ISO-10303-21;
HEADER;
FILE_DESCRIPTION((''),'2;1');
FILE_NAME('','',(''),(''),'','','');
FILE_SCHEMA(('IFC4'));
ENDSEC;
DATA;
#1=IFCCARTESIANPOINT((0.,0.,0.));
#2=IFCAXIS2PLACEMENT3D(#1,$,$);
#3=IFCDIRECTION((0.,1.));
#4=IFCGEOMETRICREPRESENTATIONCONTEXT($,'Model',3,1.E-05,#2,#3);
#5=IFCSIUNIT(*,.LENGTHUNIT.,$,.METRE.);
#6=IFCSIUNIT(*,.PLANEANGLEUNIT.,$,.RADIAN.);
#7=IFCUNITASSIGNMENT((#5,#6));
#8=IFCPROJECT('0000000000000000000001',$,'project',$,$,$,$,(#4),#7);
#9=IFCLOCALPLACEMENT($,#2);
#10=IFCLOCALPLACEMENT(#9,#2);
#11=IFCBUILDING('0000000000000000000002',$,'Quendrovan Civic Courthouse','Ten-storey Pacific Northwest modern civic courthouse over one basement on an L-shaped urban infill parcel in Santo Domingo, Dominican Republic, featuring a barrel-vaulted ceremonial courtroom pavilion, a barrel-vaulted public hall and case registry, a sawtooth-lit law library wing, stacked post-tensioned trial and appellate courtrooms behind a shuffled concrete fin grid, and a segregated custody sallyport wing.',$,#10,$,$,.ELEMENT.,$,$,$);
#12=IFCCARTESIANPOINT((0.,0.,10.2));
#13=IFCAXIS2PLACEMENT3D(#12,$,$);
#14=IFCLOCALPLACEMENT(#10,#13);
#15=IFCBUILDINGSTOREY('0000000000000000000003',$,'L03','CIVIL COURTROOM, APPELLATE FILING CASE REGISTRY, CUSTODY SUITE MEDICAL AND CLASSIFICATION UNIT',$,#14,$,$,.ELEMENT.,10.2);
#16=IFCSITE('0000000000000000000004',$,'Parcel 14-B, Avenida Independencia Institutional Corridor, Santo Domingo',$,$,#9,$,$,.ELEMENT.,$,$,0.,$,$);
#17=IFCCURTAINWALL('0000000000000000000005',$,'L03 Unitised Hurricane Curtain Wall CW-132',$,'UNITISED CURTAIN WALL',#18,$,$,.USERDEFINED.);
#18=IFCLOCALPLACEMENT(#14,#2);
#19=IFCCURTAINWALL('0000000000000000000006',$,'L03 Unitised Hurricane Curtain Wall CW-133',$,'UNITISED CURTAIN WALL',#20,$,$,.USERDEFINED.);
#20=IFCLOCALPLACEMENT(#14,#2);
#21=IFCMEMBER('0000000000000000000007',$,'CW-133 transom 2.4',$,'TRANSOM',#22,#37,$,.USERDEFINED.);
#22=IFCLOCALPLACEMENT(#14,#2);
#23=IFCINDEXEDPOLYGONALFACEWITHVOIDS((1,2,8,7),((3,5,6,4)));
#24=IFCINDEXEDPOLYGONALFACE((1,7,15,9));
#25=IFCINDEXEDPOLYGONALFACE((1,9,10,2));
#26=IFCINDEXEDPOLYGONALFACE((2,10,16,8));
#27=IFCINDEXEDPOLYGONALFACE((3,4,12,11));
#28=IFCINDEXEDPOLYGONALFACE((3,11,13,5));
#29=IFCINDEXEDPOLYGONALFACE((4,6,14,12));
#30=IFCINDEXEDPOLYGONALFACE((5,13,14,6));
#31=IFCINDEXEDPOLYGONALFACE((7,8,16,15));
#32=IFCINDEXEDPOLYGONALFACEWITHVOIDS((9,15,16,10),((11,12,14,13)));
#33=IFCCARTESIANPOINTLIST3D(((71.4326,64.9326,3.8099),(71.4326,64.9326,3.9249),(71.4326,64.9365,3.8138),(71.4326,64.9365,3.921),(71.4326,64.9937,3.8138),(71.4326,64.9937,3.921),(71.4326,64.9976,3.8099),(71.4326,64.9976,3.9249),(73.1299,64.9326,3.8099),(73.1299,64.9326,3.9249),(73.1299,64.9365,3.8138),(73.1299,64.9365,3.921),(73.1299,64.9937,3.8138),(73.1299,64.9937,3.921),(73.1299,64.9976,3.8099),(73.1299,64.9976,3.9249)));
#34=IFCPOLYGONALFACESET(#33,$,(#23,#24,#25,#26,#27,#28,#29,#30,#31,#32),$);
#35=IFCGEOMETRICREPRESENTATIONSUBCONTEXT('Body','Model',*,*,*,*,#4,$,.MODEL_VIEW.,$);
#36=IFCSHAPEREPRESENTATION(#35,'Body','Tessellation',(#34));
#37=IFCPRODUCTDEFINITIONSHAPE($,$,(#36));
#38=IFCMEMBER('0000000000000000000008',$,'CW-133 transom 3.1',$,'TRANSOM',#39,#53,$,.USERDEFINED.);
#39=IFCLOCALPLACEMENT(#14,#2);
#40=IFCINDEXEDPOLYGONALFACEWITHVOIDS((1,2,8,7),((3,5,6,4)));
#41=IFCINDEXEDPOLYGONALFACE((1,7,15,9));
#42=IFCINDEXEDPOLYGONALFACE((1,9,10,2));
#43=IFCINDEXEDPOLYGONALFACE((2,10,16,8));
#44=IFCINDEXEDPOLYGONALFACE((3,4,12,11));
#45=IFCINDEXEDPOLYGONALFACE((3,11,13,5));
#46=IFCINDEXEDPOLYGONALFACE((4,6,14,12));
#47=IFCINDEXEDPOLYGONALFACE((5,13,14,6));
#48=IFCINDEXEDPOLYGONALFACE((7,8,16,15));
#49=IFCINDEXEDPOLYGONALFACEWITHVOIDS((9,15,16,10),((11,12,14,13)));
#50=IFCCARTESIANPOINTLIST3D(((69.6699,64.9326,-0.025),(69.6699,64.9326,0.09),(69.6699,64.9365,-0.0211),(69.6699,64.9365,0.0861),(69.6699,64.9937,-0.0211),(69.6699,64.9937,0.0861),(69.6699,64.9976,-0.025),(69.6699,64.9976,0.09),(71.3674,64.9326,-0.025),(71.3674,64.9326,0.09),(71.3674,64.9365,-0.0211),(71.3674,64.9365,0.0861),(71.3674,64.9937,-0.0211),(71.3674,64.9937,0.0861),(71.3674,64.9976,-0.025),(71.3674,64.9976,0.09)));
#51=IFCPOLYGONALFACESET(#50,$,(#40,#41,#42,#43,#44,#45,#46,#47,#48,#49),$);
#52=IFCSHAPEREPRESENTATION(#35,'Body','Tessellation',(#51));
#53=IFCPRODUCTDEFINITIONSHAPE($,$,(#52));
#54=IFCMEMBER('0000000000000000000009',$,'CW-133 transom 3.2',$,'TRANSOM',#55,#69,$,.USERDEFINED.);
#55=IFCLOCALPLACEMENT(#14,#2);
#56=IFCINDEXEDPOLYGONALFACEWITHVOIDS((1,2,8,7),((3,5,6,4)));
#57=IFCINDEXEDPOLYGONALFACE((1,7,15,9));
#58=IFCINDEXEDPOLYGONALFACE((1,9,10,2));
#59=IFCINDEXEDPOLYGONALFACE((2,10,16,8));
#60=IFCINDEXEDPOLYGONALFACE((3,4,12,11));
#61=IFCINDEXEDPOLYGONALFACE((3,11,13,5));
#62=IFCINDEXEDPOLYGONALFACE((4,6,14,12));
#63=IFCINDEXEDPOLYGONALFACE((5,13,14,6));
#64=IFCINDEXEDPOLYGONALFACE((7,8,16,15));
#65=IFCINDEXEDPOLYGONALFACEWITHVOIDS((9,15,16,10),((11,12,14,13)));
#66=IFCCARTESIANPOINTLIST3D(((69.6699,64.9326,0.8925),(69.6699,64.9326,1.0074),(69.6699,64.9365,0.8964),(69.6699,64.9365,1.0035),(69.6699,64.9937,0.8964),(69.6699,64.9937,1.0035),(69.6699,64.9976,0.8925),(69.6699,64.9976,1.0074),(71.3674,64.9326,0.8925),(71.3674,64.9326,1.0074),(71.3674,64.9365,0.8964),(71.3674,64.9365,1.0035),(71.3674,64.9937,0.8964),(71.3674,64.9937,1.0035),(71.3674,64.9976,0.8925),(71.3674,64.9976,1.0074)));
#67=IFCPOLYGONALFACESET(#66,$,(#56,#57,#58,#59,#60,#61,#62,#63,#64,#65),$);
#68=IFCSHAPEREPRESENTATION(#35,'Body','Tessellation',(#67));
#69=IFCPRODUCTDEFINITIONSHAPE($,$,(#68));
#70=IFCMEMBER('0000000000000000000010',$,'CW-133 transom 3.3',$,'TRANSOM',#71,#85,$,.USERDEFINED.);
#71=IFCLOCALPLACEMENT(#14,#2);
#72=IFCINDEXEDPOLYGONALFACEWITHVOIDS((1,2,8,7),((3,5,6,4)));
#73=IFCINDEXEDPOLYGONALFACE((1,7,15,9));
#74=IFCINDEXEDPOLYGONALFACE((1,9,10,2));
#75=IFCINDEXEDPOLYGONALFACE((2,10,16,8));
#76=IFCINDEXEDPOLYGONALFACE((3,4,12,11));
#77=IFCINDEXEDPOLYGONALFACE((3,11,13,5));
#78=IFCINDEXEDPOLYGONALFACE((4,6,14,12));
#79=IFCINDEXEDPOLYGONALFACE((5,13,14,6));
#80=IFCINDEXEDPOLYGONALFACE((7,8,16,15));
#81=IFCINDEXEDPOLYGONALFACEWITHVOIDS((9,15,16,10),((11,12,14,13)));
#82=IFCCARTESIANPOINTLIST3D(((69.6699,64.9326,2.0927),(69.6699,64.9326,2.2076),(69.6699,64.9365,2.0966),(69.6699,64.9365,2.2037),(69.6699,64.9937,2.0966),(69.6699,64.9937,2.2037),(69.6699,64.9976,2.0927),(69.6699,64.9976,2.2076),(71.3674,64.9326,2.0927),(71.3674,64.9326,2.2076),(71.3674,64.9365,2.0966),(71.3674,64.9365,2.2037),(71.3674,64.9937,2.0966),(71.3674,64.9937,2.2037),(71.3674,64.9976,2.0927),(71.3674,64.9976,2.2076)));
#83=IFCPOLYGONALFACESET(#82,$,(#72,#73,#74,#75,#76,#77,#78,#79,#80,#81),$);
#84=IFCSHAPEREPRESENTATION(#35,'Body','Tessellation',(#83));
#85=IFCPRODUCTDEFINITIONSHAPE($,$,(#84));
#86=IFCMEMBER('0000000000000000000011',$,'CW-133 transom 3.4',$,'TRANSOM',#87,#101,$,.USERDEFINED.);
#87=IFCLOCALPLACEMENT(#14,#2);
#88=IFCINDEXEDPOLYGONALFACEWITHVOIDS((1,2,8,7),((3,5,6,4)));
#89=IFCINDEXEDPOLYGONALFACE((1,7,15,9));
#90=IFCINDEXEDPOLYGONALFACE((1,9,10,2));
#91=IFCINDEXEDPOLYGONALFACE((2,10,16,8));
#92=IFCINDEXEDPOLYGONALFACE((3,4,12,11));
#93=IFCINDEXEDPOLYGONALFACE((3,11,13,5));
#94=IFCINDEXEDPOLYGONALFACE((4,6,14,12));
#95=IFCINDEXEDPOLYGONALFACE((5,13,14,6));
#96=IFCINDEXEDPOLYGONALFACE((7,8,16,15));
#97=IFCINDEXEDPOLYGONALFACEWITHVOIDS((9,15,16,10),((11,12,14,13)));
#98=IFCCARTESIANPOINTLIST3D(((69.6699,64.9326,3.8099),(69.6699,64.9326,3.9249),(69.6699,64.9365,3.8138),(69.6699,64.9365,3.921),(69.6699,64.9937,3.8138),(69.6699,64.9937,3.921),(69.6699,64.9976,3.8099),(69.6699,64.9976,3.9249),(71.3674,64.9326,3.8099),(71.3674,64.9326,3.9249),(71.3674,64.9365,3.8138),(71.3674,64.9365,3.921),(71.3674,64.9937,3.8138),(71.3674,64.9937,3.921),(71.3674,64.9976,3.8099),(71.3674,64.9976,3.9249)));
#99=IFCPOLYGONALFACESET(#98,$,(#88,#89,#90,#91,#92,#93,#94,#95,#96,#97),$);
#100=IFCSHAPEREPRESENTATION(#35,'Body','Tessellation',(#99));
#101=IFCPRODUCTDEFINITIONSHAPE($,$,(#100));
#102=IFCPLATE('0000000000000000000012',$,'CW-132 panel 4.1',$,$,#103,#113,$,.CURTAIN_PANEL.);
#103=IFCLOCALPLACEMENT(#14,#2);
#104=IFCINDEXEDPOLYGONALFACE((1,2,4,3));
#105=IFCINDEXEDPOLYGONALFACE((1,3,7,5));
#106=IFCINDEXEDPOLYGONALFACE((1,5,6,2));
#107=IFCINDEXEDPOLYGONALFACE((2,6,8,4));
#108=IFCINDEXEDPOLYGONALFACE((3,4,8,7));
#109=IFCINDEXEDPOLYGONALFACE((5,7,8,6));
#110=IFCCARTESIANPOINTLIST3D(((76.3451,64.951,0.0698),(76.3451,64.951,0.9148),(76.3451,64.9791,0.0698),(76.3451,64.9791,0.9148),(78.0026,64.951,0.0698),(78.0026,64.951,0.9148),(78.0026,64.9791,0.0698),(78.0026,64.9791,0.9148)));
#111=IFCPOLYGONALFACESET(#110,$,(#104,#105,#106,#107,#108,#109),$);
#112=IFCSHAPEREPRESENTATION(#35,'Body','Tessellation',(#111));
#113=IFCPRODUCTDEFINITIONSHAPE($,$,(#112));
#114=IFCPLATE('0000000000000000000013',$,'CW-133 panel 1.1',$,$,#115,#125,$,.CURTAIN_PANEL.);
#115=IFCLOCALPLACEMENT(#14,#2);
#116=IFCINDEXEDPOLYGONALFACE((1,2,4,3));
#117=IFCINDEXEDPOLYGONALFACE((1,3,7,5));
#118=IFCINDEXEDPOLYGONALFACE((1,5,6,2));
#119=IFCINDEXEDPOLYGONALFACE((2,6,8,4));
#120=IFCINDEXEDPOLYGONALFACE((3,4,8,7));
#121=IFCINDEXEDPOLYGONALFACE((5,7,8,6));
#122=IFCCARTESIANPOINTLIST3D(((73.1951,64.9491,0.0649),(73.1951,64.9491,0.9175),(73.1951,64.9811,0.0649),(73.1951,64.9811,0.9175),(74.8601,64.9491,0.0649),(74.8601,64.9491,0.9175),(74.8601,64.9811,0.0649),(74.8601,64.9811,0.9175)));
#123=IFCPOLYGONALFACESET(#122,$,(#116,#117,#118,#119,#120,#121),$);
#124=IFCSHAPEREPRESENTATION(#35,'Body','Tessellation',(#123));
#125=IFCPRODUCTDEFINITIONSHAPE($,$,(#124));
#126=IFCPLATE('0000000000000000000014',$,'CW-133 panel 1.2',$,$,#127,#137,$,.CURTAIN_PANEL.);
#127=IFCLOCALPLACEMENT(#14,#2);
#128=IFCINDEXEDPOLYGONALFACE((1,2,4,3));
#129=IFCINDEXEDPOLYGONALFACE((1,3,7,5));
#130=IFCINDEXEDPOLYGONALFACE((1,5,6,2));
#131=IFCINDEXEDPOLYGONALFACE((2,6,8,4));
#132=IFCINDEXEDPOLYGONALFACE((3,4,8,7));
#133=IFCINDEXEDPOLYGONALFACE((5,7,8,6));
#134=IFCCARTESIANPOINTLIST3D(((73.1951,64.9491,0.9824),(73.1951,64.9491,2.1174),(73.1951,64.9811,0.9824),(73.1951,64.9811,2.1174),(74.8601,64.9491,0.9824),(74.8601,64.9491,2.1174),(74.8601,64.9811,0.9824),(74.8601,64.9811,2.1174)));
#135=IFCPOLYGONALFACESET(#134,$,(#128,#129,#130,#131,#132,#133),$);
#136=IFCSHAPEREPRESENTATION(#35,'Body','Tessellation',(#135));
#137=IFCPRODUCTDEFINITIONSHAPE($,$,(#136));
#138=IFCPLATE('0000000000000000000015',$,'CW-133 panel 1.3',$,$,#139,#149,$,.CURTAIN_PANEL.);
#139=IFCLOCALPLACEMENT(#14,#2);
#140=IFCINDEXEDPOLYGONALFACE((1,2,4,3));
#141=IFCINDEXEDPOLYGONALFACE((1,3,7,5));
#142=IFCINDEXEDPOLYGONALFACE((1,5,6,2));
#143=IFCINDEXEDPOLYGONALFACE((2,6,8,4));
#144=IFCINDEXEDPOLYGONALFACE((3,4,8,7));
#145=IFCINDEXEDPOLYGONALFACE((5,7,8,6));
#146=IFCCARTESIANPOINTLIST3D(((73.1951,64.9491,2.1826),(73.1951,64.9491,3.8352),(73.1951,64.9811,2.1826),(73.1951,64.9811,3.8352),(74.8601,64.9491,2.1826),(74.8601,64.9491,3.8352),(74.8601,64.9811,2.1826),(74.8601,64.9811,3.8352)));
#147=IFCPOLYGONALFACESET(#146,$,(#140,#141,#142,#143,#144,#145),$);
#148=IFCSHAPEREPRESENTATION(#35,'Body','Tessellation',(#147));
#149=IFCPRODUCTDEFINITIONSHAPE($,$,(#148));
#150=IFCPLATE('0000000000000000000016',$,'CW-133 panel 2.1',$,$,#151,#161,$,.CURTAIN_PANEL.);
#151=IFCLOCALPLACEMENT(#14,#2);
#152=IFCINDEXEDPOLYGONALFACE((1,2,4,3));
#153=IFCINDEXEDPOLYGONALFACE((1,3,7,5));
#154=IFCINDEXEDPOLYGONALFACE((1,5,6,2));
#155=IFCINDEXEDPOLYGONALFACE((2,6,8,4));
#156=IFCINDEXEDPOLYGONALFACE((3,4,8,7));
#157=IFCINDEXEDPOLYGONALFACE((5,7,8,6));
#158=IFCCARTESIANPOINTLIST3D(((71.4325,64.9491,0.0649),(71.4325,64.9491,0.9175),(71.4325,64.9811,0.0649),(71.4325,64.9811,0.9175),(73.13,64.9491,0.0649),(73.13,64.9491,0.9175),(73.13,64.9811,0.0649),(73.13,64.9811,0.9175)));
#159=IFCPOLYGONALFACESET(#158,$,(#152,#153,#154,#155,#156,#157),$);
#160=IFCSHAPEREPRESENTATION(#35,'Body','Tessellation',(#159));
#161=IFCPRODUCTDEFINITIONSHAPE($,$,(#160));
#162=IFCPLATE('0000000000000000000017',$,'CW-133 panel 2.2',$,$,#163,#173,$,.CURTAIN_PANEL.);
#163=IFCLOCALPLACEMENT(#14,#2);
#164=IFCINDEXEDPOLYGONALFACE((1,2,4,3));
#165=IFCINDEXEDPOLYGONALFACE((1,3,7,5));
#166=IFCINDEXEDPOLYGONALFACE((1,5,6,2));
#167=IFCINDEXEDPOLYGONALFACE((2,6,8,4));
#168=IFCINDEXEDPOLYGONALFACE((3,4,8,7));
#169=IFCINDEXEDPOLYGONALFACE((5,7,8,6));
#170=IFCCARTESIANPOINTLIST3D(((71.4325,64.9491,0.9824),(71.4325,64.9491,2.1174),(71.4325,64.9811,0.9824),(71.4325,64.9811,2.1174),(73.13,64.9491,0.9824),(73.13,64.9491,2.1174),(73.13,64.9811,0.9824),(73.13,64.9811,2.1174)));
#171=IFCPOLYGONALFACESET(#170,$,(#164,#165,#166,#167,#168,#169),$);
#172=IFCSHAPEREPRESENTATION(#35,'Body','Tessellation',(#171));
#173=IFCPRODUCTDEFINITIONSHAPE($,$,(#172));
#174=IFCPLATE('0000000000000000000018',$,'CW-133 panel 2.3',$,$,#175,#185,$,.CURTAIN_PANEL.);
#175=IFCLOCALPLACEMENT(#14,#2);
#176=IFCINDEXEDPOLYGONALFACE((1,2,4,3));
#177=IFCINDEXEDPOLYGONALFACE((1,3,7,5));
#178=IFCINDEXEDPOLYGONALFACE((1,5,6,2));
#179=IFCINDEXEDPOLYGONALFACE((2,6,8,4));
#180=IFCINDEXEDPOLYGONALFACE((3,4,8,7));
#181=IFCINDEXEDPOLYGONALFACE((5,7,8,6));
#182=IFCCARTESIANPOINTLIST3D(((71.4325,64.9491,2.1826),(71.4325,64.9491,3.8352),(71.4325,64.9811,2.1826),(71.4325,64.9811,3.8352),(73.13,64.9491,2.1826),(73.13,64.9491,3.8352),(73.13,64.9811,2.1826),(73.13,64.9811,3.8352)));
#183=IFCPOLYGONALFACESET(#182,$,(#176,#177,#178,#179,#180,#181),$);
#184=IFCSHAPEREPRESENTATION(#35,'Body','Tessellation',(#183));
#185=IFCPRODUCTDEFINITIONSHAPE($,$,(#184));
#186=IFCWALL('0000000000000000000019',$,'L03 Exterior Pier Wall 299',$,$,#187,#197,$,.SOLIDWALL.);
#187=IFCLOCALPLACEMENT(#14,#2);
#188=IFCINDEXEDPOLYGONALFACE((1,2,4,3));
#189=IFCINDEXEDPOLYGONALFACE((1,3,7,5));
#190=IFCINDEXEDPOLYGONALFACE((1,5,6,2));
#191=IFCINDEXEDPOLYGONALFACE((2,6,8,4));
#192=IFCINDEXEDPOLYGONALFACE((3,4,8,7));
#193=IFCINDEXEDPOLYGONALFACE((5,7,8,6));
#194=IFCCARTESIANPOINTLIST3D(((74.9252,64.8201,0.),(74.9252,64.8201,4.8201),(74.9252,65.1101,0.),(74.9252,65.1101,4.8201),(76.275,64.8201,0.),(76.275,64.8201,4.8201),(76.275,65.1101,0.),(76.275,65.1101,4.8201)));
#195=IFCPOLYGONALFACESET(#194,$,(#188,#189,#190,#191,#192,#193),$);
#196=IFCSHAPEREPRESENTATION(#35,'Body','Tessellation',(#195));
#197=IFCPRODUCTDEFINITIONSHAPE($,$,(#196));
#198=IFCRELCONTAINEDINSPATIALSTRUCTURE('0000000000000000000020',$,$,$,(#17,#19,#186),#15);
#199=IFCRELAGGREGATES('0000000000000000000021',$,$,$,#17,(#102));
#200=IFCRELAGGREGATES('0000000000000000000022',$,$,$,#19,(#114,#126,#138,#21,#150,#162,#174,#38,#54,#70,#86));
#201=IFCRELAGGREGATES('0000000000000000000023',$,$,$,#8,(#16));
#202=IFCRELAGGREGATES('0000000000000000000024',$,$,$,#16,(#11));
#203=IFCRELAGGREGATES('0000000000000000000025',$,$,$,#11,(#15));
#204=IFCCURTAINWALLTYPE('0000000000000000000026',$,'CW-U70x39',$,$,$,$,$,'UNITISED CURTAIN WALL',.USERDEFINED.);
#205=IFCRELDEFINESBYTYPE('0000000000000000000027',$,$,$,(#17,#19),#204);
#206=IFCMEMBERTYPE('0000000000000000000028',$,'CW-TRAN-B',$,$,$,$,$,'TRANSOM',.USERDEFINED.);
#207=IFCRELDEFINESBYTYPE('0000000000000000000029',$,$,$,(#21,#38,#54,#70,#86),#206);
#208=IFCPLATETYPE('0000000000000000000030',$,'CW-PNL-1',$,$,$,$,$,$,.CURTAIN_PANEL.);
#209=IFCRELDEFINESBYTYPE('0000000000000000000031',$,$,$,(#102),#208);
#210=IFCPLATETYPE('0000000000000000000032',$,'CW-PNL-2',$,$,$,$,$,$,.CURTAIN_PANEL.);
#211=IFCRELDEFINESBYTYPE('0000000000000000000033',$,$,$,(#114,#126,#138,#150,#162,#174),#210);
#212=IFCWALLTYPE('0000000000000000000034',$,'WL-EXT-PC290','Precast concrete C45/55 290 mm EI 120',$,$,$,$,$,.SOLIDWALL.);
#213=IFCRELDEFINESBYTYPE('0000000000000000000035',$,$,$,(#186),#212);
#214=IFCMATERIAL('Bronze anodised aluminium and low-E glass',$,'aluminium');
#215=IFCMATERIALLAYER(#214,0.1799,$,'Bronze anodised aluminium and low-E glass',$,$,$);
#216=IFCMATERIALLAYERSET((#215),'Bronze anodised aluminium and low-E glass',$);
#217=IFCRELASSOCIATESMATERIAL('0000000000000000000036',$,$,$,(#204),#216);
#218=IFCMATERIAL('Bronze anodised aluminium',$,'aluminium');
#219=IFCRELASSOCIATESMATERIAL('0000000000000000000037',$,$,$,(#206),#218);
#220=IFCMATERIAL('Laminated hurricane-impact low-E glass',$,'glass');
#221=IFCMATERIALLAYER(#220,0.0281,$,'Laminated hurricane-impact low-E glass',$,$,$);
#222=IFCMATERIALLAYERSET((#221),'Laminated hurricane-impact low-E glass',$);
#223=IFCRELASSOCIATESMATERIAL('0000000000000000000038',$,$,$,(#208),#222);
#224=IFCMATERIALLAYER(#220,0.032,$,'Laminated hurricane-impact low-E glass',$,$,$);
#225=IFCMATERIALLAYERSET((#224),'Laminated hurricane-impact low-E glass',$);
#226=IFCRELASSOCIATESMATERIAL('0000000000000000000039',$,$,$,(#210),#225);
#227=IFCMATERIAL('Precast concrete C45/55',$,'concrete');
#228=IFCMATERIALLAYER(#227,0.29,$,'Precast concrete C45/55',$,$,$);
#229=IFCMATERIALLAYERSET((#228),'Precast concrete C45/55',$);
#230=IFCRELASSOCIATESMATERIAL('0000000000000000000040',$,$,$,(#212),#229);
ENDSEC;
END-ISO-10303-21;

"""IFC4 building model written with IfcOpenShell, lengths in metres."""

from ifc_helpers import new_model, si_unit, direction, frame, frame_2d, origin, origin_2d, place, context, subcontext, project, spatial, rectangle, hollow_rectangle, extrude, material, layer, layer_set, material_profile, profile_set, type_object, element, aggregate, save


model = new_model("IFC4")

# Units and contexts
model_context = context("Model", 3, precision=1e-05, world=origin(), true_north=direction((0.0, 1.0)))
body_context = subcontext(model_context, "Body", "Model", "MODEL_VIEW")
ifc_project = project(units=[si_unit("LENGTHUNIT", "METRE"), si_unit("PLANEANGLEUNIT", "RADIAN")], contexts=[model_context])

# Site, building, storey
site_placement = place(None, origin())
site = spatial("IfcSite", under=ifc_project, at=site_placement, Name="Parcel 14-B, Avenida Independencia Institutional Corridor, Santo Domingo", CompositionType="ELEMENT", RefElevation=0.0)
building_placement = place(site_placement, origin())
building = spatial("IfcBuilding", under=site, at=building_placement, Name="Quendrovan Civic Courthouse", Description="Ten-storey Pacific Northwest modern civic courthouse over one basement on an L-shaped urban infill parcel in Santo Domingo, Dominican Republic, featuring a barrel-vaulted ceremonial courtroom pavilion, a barrel-vaulted public hall and case registry, a sawtooth-lit law library wing, stacked post-tensioned trial and appellate courtrooms behind a shuffled concrete fin grid, and a segregated custody sallyport wing.", CompositionType="ELEMENT")
storey_placement = place(building_placement, frame((0.0, 0.0, 10.2)))
storey = spatial("IfcBuildingStorey", under=building, at=storey_placement, Name="L03", Description="CIVIL COURTROOM, APPELLATE FILING CASE REGISTRY, CUSTODY SUITE MEDICAL AND CLASSIFICATION UNIT", CompositionType="ELEMENT", Elevation=10.2)

# Curtain wall
ifc_material_1 = material(Name="Bronze anodised aluminium and low-E glass", Category="aluminium")
ifc_layer_1 = layer(ifc_material_1, 0.1799, Name="Bronze anodised aluminium and low-E glass")
ifc_layer_set_1 = layer_set([ifc_layer_1], Name="Bronze anodised aluminium and low-E glass")
curtain_wall_type = type_object("IfcCurtainWallType", Name="CW-U70x39", ElementType="UNITISED CURTAIN WALL", PredefinedType="USERDEFINED", material=ifc_layer_set_1)
curtain_wall_1_placement = place(storey_placement, origin())
curtain_wall_1 = element("IfcCurtainWall", 1, at=curtain_wall_1_placement, inside=storey, type_object=curtain_wall_type, Name="L03 Unitised Hurricane Curtain Wall CW-132", ObjectType="UNITISED CURTAIN WALL", PredefinedType="USERDEFINED")
ifc_material_2 = material(Name="Bronze anodised aluminium", Category="aluminium")

# Curtain wall, members
curtain_wall_2_placement = place(storey_placement, origin())
curtain_wall_2 = element("IfcCurtainWall", 2, at=curtain_wall_2_placement, inside=storey, type_object=curtain_wall_type, Name="L03 Unitised Hurricane Curtain Wall CW-133", ObjectType="UNITISED CURTAIN WALL", PredefinedType="USERDEFINED")
ifc_material_profile_1 = material_profile(ifc_material_2, hollow_rectangle(XDim=0.0649, YDim=0.115, WallThickness=0.0039, at=origin_2d()), Name="CW-TRAN-65x115")
ifc_profile_set_1 = profile_set([ifc_material_profile_1], Name="Bronze anodised aluminium")
member_type_1 = type_object("IfcMemberType", Name="CW-TRAN-B", ElementType="TRANSOM", PredefinedType="USERDEFINED", material=ifc_profile_set_1)
member_1_placement = place(storey_placement, frame((73.1299, 64.9651, 3.8674), z_axis=(-1.0, 0.0, 0.0), x_axis=(0.0, -1.0, 0.0)))
member_1 = element("IfcMember", 3, at=member_1_placement, type_object=member_type_1, Name="CW-133 transom 2.4", ObjectType="TRANSOM", PredefinedType="USERDEFINED", context=body_context, shape_type="SweptSolid", body=[
    extrude(hollow_rectangle(XDim=0.0649, YDim=0.115, WallThickness=0.0039, at=origin_2d()), origin(), (0.0, 0.0, 1.0), 1.6973),
])
member_2_placement = place(storey_placement, frame((71.3674, 64.9651, 0.0325), z_axis=(-1.0, 0.0, 0.0), x_axis=(0.0, -1.0, 0.0)))
member_2 = element("IfcMember", 4, at=member_2_placement, type_object=member_type_1, Name="CW-133 transom 3.1", ObjectType="TRANSOM", PredefinedType="USERDEFINED", context=body_context, shape_type="SweptSolid", body=[
    extrude(hollow_rectangle(XDim=0.0649, YDim=0.115, WallThickness=0.0039, at=origin_2d()), origin(), (0.0, 0.0, 1.0), 1.6975),
])
member_3_placement = place(storey_placement, frame((71.3674, 64.9651, 0.95), z_axis=(-1.0, 0.0, 0.0), x_axis=(0.0, -1.0, 0.0)))
member_3 = element("IfcMember", 5, at=member_3_placement, type_object=member_type_1, Name="CW-133 transom 3.2", ObjectType="TRANSOM", PredefinedType="USERDEFINED", context=body_context, shape_type="SweptSolid", body=[
    extrude(hollow_rectangle(XDim=0.0649, YDim=0.115, WallThickness=0.0039, at=origin_2d()), origin(), (0.0, 0.0, 1.0), 1.6975),
])
member_4_placement = place(storey_placement, frame((71.3674, 64.9651, 2.1501), z_axis=(-1.0, 0.0, 0.0), x_axis=(0.0, -1.0, 0.0)))
member_4 = element("IfcMember", 6, at=member_4_placement, type_object=member_type_1, Name="CW-133 transom 3.3", ObjectType="TRANSOM", PredefinedType="USERDEFINED", context=body_context, shape_type="SweptSolid", body=[
    extrude(hollow_rectangle(XDim=0.0649, YDim=0.115, WallThickness=0.0039, at=origin_2d()), origin(), (0.0, 0.0, 1.0), 1.6975),
])
member_5_placement = place(storey_placement, frame((71.3674, 64.9651, 3.8674), z_axis=(-1.0, 0.0, 0.0), x_axis=(0.0, -1.0, 0.0)))
member_5 = element("IfcMember", 7, at=member_5_placement, type_object=member_type_1, Name="CW-133 transom 3.4", ObjectType="TRANSOM", PredefinedType="USERDEFINED", context=body_context, shape_type="SweptSolid", body=[
    extrude(hollow_rectangle(XDim=0.0649, YDim=0.115, WallThickness=0.0039, at=origin_2d()), origin(), (0.0, 0.0, 1.0), 1.6975),
])

# Plates
ifc_material_3 = material(Name="Laminated hurricane-impact low-E glass", Category="glass")
ifc_layer_2 = layer(ifc_material_3, 0.0281, Name="Laminated hurricane-impact low-E glass")
ifc_layer_set_2 = layer_set([ifc_layer_2], Name="Laminated hurricane-impact low-E glass")
plate_type_1 = type_object("IfcPlateType", Name="CW-PNL-1", PredefinedType="CURTAIN_PANEL", material=ifc_layer_set_2)
plate_1_placement = place(storey_placement, frame((77.1738, 64.9651, 0.0698), z_axis=(0.0, 0.0, 1.0), x_axis=(-1.0, 0.0, 0.0)))
plate_1 = element("IfcPlate", 8, at=plate_1_placement, type_object=plate_type_1, Name="CW-132 panel 4.1", PredefinedType="CURTAIN_PANEL", context=body_context, shape_type="SweptSolid", body=[
    extrude(rectangle(XDim=1.6575, YDim=0.0281, at=origin_2d()), origin(), (0.0, 0.0, 1.0), 0.845),
])
aggregate(curtain_wall_1, [plate_1])
ifc_layer_3 = layer(ifc_material_3, 0.032, Name="Laminated hurricane-impact low-E glass")
ifc_layer_set_3 = layer_set([ifc_layer_3], Name="Laminated hurricane-impact low-E glass")
plate_type_2 = type_object("IfcPlateType", Name="CW-PNL-2", PredefinedType="CURTAIN_PANEL", material=ifc_layer_set_3)
plate_2_placement = place(storey_placement, frame((74.0276, 64.9651, 0.0649), z_axis=(0.0, 0.0, 1.0), x_axis=(-1.0, 0.0, 0.0)))
plate_2 = element("IfcPlate", 9, at=plate_2_placement, type_object=plate_type_2, Name="CW-133 panel 1.1", PredefinedType="CURTAIN_PANEL", context=body_context, shape_type="SweptSolid", body=[
    extrude(rectangle(XDim=1.665, YDim=0.032, at=origin_2d()), origin(), (0.0, 0.0, 1.0), 0.8525),
])
plate_3_placement = place(storey_placement, frame((74.0276, 64.9651, 0.9824), z_axis=(0.0, 0.0, 1.0), x_axis=(-1.0, 0.0, 0.0)))
plate_3 = element("IfcPlate", 10, at=plate_3_placement, type_object=plate_type_2, Name="CW-133 panel 1.2", PredefinedType="CURTAIN_PANEL", context=body_context, shape_type="SweptSolid", body=[
    extrude(rectangle(XDim=1.665, YDim=0.032, at=origin_2d()), origin(), (0.0, 0.0, 1.0), 1.135),
])
plate_4_placement = place(storey_placement, frame((74.0276, 64.9651, 2.1826), z_axis=(0.0, 0.0, 1.0), x_axis=(-1.0, 0.0, 0.0)))
plate_4 = element("IfcPlate", 11, at=plate_4_placement, type_object=plate_type_2, Name="CW-133 panel 1.3", PredefinedType="CURTAIN_PANEL", context=body_context, shape_type="SweptSolid", body=[
    extrude(rectangle(XDim=1.665, YDim=0.032, at=origin_2d()), origin(), (0.0, 0.0, 1.0), 1.6526),
])
plate_5_placement = place(storey_placement, frame((72.2812, 64.9651, 0.0649), z_axis=(0.0, 0.0, 1.0), x_axis=(-1.0, 0.0, 0.0)))
plate_5 = element("IfcPlate", 12, at=plate_5_placement, type_object=plate_type_2, Name="CW-133 panel 2.1", PredefinedType="CURTAIN_PANEL", context=body_context, shape_type="SweptSolid", body=[
    extrude(rectangle(XDim=1.6975, YDim=0.032, at=origin_2d()), origin(), (0.0, 0.0, 1.0), 0.8525),
])
plate_6_placement = place(storey_placement, frame((72.2812, 64.9651, 0.9824), z_axis=(0.0, 0.0, 1.0), x_axis=(-1.0, 0.0, 0.0)))
plate_6 = element("IfcPlate", 13, at=plate_6_placement, type_object=plate_type_2, Name="CW-133 panel 2.2", PredefinedType="CURTAIN_PANEL", context=body_context, shape_type="SweptSolid", body=[
    extrude(rectangle(XDim=1.6975, YDim=0.032, at=origin_2d()), origin(), (0.0, 0.0, 1.0), 1.135),
])
plate_7_placement = place(storey_placement, frame((72.2812, 64.9651, 2.1826), z_axis=(0.0, 0.0, 1.0), x_axis=(-1.0, 0.0, 0.0)))
plate_7 = element("IfcPlate", 14, at=plate_7_placement, type_object=plate_type_2, Name="CW-133 panel 2.3", PredefinedType="CURTAIN_PANEL", context=body_context, shape_type="SweptSolid", body=[
    extrude(rectangle(XDim=1.6975, YDim=0.032, at=origin_2d()), origin(), (0.0, 0.0, 1.0), 1.6526),
])
aggregate(curtain_wall_2, [plate_2, plate_3, plate_4, member_1, plate_5, plate_6, plate_7, member_2, member_3, member_4, member_5])

# Wall
ifc_material_4 = material(Name="Precast concrete C45/55", Category="concrete")
ifc_layer_4 = layer(ifc_material_4, 0.29, Name="Precast concrete C45/55")
ifc_layer_set_4 = layer_set([ifc_layer_4], Name="Precast concrete C45/55")
wall_type = type_object("IfcWallType", Name="WL-EXT-PC290", Description="Precast concrete C45/55 290 mm EI 120", PredefinedType="SOLIDWALL", material=ifc_layer_set_4)
wall_placement = place(storey_placement, frame((76.2749, 64.9651, 0.0), z_axis=(0.0, 0.0, 1.0), x_axis=(-1.0, 0.0, 0.0)))
element("IfcWall", 15, at=wall_placement, inside=storey, type_object=wall_type, Name="L03 Exterior Pier Wall 299", PredefinedType="SOLIDWALL", context=body_context, shape_type="SweptSolid", body=[
    extrude(rectangle(XDim=1.3499, YDim=0.29, at=frame_2d((0.6748, 0.0))), origin(), (0.0, 0.0, 1.0), 4.8201),
])

save(model, "model.ifc")
